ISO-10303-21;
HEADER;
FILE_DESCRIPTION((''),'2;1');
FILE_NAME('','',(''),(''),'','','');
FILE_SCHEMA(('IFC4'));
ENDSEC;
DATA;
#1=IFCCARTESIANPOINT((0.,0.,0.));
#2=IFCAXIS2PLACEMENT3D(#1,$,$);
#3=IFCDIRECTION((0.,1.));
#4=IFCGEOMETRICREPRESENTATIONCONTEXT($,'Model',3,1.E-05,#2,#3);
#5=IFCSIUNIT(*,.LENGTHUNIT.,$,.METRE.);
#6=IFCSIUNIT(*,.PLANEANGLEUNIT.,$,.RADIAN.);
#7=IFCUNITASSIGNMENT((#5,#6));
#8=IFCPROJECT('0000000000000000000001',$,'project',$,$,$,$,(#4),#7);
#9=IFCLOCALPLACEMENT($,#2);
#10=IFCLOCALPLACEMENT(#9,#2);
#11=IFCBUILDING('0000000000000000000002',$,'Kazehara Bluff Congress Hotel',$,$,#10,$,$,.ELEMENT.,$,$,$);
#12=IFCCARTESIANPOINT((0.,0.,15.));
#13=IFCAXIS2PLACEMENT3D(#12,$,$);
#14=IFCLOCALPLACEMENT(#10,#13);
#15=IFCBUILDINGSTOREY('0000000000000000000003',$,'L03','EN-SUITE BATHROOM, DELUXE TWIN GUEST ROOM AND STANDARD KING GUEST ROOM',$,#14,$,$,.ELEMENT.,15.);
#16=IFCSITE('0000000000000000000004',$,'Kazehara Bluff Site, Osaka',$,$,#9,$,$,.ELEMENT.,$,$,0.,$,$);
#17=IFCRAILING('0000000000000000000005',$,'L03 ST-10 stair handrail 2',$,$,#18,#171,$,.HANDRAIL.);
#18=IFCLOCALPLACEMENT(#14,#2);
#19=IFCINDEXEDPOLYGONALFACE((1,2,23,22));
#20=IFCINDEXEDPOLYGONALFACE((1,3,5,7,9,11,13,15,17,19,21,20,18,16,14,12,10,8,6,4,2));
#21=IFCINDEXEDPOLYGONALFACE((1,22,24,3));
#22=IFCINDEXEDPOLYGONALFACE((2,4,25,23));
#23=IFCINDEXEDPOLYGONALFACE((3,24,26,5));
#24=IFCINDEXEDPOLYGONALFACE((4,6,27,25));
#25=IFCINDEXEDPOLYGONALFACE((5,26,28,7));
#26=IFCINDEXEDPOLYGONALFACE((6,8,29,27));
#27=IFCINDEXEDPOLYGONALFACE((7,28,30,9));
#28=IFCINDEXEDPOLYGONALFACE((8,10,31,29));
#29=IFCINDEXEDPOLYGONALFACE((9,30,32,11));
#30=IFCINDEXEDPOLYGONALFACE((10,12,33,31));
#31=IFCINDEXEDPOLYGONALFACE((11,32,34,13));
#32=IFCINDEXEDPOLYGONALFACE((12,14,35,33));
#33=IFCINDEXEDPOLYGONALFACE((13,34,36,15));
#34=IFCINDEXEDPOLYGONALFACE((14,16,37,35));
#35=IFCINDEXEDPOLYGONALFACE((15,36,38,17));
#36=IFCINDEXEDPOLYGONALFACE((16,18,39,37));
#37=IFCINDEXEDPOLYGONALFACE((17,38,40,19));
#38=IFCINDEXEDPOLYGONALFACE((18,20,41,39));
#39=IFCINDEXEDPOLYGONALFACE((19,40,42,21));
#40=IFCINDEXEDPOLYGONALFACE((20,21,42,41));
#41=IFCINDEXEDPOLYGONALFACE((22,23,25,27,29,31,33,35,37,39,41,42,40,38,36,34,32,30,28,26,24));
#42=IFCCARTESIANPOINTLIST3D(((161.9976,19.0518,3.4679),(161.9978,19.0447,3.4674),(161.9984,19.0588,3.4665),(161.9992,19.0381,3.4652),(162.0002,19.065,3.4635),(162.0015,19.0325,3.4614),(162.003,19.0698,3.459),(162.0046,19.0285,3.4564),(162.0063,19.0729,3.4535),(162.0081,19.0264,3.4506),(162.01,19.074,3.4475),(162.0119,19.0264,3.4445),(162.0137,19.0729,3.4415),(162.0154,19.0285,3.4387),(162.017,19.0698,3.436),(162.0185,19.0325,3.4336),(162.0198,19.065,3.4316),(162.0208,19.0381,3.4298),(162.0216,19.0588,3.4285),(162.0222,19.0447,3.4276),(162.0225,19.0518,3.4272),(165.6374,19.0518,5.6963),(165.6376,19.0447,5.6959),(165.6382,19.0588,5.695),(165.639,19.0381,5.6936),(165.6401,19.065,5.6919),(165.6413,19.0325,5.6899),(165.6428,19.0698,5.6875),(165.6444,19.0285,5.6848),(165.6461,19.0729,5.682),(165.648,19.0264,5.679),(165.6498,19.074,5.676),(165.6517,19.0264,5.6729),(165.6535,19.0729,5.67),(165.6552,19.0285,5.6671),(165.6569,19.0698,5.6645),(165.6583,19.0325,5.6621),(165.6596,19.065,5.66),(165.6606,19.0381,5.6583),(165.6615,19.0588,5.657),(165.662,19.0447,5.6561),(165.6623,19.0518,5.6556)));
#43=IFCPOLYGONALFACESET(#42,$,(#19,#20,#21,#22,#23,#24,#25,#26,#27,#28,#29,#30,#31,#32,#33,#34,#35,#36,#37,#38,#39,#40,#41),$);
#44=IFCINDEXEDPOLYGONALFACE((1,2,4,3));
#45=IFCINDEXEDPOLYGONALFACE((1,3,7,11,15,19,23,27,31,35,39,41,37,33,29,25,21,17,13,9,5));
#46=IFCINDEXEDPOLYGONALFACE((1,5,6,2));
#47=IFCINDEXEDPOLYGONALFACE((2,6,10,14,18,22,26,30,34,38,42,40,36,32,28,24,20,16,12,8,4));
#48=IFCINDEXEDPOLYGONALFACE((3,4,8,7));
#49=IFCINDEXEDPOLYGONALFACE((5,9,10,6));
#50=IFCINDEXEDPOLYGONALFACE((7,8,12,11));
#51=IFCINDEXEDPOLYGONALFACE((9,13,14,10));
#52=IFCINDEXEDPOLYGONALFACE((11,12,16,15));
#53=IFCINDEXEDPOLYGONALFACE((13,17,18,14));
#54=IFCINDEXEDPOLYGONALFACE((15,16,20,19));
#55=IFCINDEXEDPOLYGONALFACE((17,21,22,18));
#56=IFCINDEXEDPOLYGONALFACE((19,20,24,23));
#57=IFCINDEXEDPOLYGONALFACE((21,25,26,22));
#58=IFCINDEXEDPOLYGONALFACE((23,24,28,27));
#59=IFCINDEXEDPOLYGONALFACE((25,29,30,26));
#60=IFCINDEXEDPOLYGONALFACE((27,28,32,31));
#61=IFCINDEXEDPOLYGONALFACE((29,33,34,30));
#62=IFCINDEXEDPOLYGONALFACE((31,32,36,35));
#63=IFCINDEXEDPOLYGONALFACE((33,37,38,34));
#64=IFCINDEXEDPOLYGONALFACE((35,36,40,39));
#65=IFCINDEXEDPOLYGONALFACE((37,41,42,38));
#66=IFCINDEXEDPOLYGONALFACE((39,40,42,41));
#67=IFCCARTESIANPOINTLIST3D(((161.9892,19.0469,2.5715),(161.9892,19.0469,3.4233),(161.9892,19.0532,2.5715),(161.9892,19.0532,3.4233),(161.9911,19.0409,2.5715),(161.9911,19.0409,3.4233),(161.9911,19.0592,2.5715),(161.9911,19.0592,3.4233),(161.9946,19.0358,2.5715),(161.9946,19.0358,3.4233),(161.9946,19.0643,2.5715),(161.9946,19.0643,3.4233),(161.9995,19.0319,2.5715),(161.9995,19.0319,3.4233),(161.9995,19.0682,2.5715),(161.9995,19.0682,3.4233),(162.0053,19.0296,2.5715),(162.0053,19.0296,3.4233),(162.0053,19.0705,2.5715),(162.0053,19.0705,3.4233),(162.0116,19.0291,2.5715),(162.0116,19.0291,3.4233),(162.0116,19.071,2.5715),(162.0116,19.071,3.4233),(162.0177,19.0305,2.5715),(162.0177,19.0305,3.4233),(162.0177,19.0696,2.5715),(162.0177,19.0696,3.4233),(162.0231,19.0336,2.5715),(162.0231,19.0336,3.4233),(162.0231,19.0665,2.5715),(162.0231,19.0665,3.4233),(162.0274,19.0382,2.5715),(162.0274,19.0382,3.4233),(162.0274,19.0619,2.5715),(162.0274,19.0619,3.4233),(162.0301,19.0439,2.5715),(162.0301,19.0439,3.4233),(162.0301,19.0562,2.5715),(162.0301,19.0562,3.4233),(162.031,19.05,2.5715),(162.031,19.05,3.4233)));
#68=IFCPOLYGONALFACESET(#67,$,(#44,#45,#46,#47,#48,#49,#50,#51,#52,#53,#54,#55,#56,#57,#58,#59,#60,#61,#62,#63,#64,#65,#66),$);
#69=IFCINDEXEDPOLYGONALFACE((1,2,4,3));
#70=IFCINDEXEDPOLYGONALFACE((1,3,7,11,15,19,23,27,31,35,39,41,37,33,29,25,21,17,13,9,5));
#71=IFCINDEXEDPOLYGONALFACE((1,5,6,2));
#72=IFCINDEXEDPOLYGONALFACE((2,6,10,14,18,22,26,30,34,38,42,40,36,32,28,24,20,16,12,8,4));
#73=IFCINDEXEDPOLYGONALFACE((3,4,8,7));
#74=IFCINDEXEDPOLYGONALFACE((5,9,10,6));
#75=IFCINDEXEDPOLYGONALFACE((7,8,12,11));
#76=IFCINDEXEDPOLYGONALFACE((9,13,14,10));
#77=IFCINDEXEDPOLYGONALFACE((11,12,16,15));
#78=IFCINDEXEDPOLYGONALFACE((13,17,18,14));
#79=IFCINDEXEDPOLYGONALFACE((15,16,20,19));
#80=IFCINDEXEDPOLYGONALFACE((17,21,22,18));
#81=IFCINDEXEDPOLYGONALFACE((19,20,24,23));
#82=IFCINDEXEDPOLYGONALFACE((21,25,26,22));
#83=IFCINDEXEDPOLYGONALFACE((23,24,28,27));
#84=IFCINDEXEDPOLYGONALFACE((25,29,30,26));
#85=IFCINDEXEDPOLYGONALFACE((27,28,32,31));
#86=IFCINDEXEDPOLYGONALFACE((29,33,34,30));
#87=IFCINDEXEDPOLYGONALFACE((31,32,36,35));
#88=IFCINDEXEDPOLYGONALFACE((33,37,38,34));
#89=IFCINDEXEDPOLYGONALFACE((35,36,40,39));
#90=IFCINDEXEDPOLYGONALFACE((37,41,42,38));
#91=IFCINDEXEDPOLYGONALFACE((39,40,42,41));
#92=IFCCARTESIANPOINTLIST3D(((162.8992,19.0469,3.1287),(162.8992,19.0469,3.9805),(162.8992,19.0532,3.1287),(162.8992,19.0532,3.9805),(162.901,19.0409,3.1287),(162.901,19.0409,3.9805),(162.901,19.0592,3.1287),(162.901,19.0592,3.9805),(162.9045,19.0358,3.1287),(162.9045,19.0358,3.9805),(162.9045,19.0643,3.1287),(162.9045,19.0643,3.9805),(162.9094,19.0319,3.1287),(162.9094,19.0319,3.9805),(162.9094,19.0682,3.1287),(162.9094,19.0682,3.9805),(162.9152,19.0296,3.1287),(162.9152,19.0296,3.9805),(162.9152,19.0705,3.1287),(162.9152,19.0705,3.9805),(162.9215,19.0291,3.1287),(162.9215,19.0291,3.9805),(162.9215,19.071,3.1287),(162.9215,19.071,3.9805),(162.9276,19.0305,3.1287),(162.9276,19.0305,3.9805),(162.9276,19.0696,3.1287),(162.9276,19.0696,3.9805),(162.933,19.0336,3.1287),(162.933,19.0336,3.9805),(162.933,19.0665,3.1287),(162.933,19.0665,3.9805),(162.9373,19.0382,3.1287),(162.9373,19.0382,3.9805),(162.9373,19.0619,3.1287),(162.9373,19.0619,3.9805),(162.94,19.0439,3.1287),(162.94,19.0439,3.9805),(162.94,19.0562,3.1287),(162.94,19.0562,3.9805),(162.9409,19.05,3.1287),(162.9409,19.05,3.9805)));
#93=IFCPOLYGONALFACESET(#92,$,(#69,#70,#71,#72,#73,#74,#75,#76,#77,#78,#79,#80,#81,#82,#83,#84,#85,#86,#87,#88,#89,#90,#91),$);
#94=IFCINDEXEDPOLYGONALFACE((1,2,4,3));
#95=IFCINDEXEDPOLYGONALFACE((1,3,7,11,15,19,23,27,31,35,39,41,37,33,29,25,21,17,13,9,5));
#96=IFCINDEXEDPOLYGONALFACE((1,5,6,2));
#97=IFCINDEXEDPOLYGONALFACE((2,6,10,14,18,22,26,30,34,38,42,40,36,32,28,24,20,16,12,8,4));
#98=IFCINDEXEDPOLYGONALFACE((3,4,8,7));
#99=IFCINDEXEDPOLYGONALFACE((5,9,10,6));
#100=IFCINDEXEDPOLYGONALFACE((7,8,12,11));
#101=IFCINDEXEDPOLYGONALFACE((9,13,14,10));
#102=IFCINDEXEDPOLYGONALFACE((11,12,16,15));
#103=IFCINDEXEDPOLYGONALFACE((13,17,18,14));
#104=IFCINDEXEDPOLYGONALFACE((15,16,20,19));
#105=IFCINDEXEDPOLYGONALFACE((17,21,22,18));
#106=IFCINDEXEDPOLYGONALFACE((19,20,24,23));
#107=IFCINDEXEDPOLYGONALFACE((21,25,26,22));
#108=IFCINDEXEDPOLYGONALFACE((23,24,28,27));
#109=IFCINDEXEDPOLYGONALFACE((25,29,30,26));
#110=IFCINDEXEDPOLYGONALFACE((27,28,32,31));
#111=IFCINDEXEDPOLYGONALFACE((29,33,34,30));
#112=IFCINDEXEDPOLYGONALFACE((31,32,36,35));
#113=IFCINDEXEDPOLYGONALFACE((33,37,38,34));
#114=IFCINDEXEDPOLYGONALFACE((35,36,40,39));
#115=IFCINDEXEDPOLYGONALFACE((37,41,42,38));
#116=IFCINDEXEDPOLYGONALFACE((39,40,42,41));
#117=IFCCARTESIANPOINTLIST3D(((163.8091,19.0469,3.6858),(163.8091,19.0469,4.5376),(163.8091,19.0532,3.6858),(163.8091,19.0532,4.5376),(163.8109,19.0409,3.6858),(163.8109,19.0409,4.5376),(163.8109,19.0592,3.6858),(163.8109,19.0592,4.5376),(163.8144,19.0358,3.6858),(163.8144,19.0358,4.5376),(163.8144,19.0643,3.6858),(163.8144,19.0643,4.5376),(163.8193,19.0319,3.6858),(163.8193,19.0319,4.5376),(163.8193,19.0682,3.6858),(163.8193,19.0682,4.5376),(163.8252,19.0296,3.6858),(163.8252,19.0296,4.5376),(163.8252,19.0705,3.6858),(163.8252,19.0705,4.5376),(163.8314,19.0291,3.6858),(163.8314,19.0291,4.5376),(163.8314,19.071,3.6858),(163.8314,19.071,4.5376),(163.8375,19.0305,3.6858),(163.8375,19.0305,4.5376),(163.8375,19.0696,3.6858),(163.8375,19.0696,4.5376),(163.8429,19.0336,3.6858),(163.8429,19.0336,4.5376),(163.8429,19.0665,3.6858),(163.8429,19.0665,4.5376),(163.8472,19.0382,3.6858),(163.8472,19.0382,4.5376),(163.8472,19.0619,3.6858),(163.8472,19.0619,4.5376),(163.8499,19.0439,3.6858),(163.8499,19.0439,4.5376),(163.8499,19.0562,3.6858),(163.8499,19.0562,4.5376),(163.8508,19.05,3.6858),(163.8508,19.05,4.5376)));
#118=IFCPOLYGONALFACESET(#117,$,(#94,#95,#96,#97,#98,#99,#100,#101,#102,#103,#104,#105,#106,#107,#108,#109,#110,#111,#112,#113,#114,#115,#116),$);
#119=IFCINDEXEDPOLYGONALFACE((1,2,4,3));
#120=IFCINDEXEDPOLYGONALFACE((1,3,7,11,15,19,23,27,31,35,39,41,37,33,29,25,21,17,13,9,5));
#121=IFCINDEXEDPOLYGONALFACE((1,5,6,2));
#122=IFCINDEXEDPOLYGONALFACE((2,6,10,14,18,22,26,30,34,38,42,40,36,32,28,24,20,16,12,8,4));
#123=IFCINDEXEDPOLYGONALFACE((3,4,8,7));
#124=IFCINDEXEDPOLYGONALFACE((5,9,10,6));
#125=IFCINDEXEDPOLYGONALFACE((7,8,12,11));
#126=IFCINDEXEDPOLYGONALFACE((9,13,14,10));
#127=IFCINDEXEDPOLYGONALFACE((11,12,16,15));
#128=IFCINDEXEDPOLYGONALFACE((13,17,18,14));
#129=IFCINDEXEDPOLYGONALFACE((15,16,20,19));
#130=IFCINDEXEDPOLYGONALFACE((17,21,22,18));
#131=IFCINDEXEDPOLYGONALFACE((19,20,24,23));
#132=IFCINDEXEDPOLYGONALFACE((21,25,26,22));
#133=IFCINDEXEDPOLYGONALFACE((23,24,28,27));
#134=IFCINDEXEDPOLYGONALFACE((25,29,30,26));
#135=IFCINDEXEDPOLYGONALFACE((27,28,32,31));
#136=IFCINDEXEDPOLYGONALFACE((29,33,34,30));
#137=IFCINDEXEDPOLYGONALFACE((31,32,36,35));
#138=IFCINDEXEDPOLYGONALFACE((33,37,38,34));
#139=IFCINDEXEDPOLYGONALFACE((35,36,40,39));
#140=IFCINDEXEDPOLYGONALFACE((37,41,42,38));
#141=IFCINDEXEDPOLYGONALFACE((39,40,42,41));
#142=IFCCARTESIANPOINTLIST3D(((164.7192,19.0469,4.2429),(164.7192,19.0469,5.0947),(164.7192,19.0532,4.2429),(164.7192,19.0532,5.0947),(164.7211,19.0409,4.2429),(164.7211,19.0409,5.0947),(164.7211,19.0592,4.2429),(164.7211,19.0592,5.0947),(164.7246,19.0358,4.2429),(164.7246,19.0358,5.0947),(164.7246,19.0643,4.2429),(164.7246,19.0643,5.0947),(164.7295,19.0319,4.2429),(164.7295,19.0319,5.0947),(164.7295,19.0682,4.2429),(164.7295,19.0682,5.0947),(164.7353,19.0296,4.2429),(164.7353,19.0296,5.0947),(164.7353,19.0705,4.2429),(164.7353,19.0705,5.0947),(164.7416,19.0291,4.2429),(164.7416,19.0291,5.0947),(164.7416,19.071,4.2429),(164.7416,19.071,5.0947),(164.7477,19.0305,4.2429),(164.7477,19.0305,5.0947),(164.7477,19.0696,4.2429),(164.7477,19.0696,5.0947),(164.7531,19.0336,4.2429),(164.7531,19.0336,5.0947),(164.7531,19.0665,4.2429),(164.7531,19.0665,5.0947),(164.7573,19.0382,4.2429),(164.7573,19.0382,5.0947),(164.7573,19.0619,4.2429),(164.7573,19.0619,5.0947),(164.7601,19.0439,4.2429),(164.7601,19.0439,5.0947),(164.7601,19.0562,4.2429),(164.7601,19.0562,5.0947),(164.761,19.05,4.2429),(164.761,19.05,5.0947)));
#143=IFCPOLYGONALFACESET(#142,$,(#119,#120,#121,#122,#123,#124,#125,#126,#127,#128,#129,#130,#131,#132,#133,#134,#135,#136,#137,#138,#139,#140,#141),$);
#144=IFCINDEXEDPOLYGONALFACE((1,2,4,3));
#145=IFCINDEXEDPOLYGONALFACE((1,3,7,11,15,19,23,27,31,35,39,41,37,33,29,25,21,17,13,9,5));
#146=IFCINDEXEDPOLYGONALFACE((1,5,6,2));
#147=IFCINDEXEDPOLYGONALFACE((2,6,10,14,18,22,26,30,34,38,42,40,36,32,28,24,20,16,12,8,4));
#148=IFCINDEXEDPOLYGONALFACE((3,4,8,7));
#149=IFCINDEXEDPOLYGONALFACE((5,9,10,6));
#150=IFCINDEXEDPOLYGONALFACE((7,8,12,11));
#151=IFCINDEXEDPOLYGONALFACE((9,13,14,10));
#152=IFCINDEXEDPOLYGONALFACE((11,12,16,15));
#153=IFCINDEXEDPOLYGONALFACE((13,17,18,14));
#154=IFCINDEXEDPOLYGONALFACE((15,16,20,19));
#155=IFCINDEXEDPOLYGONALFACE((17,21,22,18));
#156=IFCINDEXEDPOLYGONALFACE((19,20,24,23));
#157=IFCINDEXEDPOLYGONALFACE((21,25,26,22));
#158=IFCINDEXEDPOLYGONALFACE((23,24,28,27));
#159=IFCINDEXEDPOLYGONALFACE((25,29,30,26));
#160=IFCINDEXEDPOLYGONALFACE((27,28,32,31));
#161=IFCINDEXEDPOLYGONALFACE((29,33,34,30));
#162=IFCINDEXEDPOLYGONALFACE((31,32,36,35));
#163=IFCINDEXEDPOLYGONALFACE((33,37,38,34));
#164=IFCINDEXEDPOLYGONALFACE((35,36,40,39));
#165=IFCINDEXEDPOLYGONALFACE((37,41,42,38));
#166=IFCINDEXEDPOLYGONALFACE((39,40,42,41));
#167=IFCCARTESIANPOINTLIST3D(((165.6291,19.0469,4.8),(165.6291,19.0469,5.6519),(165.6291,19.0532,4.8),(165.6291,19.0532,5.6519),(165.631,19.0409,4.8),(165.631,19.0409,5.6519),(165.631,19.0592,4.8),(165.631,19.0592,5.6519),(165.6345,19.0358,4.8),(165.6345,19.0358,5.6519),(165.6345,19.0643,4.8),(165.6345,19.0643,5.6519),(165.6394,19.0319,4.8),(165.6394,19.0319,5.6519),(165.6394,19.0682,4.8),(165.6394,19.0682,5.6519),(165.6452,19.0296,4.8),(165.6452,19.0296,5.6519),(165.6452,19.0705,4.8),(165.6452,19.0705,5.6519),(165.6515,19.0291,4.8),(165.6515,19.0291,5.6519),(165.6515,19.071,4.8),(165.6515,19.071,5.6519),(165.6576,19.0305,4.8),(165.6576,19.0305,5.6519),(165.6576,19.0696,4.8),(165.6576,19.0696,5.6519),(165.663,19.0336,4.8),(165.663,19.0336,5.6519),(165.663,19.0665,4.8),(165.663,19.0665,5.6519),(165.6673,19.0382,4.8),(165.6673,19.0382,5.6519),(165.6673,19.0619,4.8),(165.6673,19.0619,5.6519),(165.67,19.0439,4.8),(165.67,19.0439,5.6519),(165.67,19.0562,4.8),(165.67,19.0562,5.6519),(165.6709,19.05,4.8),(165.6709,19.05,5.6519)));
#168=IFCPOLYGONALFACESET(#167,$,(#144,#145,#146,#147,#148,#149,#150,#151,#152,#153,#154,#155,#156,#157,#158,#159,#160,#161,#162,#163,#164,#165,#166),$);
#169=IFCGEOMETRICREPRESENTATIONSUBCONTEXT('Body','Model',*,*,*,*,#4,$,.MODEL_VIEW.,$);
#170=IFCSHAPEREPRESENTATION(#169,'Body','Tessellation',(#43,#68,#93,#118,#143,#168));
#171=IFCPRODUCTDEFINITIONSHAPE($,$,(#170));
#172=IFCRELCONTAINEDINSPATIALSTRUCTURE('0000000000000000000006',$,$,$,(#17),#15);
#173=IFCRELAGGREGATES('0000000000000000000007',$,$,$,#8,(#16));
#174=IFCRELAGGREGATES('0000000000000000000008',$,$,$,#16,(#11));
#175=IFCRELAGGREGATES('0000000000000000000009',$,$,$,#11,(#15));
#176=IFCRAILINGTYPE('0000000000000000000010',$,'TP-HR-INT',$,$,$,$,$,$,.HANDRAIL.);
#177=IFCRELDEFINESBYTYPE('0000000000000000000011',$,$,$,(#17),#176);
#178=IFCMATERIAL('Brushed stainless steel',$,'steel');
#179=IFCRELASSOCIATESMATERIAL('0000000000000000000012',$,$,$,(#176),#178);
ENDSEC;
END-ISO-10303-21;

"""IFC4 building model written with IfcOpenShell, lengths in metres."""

from ifc_helpers import new_model, si_unit, direction, frame, origin, origin_2d, place, context, subcontext, project, spatial, circle, extrude, material, type_object, element, save


model = new_model("IFC4")

# Units and contexts
model_context = context("Model", 3, precision=1e-05, world=origin(), true_north=direction((0.0, 1.0)))
body_context = subcontext(model_context, "Body", "Model", "MODEL_VIEW")
ifc_project = project(units=[si_unit("LENGTHUNIT", "METRE"), si_unit("PLANEANGLEUNIT", "RADIAN")], contexts=[model_context])

# Site, building, storey
site_placement = place(None, origin())
site = spatial("IfcSite", under=ifc_project, at=site_placement, Name="Kazehara Bluff Site, Osaka", CompositionType="ELEMENT", RefElevation=0.0)
building_placement = place(site_placement, origin())
building = spatial("IfcBuilding", under=site, at=building_placement, Name="Kazehara Bluff Congress Hotel", CompositionType="ELEMENT")
storey_placement = place(building_placement, frame((0.0, 0.0, 15.0)))
storey = spatial("IfcBuildingStorey", under=building, at=storey_placement, Name="L03", Description="EN-SUITE BATHROOM, DELUXE TWIN GUEST ROOM AND STANDARD KING GUEST ROOM", CompositionType="ELEMENT", Elevation=15.0)

# Railing
ifc_material_1 = material(Name="Brushed stainless steel", Category="steel")
railing_type_1 = type_object("IfcRailingType", Name="TP-HR-INT", PredefinedType="HANDRAIL", material=ifc_material_1)
railing_1_placement = place(storey_placement, frame((162.01, 19.05, 2.5715)))
element("IfcRailing", 1, at=railing_1_placement, inside=storey, type_object=railing_type_1, Name="L03 ST-10 stair handrail 2", PredefinedType="HANDRAIL", context=body_context, shape_type="SweptSolid", body=[
    extrude(circle(Radius=0.0239, at=origin_2d()), frame((0.0, 0.0, 0.876), z_axis=(0.85285, 0.0, 0.522156), x_axis=(0.0, 1.0, 0.0)), (0.0, 0.0, 1.0), 4.2678),
    extrude(circle(Radius=0.021, at=origin_2d()), origin(), (0.0, 0.0, 1.0), 0.8518),
    extrude(circle(Radius=0.021, at=origin_2d()), frame((0.9099, 0.0, 0.5571)), (0.0, 0.0, 1.0), 0.8518),
    extrude(circle(Radius=0.021, at=origin_2d()), frame((1.8198, 0.0, 1.1143)), (0.0, 0.0, 1.0), 0.8518),
    extrude(circle(Radius=0.021, at=origin_2d()), frame((2.73, 0.0, 1.6714)), (0.0, 0.0, 1.0), 0.8518),
    extrude(circle(Radius=0.021, at=origin_2d()), frame((3.6399, 0.0, 2.2285)), (0.0, 0.0, 1.0), 0.8518),
])

save(model, "model.ifc")
